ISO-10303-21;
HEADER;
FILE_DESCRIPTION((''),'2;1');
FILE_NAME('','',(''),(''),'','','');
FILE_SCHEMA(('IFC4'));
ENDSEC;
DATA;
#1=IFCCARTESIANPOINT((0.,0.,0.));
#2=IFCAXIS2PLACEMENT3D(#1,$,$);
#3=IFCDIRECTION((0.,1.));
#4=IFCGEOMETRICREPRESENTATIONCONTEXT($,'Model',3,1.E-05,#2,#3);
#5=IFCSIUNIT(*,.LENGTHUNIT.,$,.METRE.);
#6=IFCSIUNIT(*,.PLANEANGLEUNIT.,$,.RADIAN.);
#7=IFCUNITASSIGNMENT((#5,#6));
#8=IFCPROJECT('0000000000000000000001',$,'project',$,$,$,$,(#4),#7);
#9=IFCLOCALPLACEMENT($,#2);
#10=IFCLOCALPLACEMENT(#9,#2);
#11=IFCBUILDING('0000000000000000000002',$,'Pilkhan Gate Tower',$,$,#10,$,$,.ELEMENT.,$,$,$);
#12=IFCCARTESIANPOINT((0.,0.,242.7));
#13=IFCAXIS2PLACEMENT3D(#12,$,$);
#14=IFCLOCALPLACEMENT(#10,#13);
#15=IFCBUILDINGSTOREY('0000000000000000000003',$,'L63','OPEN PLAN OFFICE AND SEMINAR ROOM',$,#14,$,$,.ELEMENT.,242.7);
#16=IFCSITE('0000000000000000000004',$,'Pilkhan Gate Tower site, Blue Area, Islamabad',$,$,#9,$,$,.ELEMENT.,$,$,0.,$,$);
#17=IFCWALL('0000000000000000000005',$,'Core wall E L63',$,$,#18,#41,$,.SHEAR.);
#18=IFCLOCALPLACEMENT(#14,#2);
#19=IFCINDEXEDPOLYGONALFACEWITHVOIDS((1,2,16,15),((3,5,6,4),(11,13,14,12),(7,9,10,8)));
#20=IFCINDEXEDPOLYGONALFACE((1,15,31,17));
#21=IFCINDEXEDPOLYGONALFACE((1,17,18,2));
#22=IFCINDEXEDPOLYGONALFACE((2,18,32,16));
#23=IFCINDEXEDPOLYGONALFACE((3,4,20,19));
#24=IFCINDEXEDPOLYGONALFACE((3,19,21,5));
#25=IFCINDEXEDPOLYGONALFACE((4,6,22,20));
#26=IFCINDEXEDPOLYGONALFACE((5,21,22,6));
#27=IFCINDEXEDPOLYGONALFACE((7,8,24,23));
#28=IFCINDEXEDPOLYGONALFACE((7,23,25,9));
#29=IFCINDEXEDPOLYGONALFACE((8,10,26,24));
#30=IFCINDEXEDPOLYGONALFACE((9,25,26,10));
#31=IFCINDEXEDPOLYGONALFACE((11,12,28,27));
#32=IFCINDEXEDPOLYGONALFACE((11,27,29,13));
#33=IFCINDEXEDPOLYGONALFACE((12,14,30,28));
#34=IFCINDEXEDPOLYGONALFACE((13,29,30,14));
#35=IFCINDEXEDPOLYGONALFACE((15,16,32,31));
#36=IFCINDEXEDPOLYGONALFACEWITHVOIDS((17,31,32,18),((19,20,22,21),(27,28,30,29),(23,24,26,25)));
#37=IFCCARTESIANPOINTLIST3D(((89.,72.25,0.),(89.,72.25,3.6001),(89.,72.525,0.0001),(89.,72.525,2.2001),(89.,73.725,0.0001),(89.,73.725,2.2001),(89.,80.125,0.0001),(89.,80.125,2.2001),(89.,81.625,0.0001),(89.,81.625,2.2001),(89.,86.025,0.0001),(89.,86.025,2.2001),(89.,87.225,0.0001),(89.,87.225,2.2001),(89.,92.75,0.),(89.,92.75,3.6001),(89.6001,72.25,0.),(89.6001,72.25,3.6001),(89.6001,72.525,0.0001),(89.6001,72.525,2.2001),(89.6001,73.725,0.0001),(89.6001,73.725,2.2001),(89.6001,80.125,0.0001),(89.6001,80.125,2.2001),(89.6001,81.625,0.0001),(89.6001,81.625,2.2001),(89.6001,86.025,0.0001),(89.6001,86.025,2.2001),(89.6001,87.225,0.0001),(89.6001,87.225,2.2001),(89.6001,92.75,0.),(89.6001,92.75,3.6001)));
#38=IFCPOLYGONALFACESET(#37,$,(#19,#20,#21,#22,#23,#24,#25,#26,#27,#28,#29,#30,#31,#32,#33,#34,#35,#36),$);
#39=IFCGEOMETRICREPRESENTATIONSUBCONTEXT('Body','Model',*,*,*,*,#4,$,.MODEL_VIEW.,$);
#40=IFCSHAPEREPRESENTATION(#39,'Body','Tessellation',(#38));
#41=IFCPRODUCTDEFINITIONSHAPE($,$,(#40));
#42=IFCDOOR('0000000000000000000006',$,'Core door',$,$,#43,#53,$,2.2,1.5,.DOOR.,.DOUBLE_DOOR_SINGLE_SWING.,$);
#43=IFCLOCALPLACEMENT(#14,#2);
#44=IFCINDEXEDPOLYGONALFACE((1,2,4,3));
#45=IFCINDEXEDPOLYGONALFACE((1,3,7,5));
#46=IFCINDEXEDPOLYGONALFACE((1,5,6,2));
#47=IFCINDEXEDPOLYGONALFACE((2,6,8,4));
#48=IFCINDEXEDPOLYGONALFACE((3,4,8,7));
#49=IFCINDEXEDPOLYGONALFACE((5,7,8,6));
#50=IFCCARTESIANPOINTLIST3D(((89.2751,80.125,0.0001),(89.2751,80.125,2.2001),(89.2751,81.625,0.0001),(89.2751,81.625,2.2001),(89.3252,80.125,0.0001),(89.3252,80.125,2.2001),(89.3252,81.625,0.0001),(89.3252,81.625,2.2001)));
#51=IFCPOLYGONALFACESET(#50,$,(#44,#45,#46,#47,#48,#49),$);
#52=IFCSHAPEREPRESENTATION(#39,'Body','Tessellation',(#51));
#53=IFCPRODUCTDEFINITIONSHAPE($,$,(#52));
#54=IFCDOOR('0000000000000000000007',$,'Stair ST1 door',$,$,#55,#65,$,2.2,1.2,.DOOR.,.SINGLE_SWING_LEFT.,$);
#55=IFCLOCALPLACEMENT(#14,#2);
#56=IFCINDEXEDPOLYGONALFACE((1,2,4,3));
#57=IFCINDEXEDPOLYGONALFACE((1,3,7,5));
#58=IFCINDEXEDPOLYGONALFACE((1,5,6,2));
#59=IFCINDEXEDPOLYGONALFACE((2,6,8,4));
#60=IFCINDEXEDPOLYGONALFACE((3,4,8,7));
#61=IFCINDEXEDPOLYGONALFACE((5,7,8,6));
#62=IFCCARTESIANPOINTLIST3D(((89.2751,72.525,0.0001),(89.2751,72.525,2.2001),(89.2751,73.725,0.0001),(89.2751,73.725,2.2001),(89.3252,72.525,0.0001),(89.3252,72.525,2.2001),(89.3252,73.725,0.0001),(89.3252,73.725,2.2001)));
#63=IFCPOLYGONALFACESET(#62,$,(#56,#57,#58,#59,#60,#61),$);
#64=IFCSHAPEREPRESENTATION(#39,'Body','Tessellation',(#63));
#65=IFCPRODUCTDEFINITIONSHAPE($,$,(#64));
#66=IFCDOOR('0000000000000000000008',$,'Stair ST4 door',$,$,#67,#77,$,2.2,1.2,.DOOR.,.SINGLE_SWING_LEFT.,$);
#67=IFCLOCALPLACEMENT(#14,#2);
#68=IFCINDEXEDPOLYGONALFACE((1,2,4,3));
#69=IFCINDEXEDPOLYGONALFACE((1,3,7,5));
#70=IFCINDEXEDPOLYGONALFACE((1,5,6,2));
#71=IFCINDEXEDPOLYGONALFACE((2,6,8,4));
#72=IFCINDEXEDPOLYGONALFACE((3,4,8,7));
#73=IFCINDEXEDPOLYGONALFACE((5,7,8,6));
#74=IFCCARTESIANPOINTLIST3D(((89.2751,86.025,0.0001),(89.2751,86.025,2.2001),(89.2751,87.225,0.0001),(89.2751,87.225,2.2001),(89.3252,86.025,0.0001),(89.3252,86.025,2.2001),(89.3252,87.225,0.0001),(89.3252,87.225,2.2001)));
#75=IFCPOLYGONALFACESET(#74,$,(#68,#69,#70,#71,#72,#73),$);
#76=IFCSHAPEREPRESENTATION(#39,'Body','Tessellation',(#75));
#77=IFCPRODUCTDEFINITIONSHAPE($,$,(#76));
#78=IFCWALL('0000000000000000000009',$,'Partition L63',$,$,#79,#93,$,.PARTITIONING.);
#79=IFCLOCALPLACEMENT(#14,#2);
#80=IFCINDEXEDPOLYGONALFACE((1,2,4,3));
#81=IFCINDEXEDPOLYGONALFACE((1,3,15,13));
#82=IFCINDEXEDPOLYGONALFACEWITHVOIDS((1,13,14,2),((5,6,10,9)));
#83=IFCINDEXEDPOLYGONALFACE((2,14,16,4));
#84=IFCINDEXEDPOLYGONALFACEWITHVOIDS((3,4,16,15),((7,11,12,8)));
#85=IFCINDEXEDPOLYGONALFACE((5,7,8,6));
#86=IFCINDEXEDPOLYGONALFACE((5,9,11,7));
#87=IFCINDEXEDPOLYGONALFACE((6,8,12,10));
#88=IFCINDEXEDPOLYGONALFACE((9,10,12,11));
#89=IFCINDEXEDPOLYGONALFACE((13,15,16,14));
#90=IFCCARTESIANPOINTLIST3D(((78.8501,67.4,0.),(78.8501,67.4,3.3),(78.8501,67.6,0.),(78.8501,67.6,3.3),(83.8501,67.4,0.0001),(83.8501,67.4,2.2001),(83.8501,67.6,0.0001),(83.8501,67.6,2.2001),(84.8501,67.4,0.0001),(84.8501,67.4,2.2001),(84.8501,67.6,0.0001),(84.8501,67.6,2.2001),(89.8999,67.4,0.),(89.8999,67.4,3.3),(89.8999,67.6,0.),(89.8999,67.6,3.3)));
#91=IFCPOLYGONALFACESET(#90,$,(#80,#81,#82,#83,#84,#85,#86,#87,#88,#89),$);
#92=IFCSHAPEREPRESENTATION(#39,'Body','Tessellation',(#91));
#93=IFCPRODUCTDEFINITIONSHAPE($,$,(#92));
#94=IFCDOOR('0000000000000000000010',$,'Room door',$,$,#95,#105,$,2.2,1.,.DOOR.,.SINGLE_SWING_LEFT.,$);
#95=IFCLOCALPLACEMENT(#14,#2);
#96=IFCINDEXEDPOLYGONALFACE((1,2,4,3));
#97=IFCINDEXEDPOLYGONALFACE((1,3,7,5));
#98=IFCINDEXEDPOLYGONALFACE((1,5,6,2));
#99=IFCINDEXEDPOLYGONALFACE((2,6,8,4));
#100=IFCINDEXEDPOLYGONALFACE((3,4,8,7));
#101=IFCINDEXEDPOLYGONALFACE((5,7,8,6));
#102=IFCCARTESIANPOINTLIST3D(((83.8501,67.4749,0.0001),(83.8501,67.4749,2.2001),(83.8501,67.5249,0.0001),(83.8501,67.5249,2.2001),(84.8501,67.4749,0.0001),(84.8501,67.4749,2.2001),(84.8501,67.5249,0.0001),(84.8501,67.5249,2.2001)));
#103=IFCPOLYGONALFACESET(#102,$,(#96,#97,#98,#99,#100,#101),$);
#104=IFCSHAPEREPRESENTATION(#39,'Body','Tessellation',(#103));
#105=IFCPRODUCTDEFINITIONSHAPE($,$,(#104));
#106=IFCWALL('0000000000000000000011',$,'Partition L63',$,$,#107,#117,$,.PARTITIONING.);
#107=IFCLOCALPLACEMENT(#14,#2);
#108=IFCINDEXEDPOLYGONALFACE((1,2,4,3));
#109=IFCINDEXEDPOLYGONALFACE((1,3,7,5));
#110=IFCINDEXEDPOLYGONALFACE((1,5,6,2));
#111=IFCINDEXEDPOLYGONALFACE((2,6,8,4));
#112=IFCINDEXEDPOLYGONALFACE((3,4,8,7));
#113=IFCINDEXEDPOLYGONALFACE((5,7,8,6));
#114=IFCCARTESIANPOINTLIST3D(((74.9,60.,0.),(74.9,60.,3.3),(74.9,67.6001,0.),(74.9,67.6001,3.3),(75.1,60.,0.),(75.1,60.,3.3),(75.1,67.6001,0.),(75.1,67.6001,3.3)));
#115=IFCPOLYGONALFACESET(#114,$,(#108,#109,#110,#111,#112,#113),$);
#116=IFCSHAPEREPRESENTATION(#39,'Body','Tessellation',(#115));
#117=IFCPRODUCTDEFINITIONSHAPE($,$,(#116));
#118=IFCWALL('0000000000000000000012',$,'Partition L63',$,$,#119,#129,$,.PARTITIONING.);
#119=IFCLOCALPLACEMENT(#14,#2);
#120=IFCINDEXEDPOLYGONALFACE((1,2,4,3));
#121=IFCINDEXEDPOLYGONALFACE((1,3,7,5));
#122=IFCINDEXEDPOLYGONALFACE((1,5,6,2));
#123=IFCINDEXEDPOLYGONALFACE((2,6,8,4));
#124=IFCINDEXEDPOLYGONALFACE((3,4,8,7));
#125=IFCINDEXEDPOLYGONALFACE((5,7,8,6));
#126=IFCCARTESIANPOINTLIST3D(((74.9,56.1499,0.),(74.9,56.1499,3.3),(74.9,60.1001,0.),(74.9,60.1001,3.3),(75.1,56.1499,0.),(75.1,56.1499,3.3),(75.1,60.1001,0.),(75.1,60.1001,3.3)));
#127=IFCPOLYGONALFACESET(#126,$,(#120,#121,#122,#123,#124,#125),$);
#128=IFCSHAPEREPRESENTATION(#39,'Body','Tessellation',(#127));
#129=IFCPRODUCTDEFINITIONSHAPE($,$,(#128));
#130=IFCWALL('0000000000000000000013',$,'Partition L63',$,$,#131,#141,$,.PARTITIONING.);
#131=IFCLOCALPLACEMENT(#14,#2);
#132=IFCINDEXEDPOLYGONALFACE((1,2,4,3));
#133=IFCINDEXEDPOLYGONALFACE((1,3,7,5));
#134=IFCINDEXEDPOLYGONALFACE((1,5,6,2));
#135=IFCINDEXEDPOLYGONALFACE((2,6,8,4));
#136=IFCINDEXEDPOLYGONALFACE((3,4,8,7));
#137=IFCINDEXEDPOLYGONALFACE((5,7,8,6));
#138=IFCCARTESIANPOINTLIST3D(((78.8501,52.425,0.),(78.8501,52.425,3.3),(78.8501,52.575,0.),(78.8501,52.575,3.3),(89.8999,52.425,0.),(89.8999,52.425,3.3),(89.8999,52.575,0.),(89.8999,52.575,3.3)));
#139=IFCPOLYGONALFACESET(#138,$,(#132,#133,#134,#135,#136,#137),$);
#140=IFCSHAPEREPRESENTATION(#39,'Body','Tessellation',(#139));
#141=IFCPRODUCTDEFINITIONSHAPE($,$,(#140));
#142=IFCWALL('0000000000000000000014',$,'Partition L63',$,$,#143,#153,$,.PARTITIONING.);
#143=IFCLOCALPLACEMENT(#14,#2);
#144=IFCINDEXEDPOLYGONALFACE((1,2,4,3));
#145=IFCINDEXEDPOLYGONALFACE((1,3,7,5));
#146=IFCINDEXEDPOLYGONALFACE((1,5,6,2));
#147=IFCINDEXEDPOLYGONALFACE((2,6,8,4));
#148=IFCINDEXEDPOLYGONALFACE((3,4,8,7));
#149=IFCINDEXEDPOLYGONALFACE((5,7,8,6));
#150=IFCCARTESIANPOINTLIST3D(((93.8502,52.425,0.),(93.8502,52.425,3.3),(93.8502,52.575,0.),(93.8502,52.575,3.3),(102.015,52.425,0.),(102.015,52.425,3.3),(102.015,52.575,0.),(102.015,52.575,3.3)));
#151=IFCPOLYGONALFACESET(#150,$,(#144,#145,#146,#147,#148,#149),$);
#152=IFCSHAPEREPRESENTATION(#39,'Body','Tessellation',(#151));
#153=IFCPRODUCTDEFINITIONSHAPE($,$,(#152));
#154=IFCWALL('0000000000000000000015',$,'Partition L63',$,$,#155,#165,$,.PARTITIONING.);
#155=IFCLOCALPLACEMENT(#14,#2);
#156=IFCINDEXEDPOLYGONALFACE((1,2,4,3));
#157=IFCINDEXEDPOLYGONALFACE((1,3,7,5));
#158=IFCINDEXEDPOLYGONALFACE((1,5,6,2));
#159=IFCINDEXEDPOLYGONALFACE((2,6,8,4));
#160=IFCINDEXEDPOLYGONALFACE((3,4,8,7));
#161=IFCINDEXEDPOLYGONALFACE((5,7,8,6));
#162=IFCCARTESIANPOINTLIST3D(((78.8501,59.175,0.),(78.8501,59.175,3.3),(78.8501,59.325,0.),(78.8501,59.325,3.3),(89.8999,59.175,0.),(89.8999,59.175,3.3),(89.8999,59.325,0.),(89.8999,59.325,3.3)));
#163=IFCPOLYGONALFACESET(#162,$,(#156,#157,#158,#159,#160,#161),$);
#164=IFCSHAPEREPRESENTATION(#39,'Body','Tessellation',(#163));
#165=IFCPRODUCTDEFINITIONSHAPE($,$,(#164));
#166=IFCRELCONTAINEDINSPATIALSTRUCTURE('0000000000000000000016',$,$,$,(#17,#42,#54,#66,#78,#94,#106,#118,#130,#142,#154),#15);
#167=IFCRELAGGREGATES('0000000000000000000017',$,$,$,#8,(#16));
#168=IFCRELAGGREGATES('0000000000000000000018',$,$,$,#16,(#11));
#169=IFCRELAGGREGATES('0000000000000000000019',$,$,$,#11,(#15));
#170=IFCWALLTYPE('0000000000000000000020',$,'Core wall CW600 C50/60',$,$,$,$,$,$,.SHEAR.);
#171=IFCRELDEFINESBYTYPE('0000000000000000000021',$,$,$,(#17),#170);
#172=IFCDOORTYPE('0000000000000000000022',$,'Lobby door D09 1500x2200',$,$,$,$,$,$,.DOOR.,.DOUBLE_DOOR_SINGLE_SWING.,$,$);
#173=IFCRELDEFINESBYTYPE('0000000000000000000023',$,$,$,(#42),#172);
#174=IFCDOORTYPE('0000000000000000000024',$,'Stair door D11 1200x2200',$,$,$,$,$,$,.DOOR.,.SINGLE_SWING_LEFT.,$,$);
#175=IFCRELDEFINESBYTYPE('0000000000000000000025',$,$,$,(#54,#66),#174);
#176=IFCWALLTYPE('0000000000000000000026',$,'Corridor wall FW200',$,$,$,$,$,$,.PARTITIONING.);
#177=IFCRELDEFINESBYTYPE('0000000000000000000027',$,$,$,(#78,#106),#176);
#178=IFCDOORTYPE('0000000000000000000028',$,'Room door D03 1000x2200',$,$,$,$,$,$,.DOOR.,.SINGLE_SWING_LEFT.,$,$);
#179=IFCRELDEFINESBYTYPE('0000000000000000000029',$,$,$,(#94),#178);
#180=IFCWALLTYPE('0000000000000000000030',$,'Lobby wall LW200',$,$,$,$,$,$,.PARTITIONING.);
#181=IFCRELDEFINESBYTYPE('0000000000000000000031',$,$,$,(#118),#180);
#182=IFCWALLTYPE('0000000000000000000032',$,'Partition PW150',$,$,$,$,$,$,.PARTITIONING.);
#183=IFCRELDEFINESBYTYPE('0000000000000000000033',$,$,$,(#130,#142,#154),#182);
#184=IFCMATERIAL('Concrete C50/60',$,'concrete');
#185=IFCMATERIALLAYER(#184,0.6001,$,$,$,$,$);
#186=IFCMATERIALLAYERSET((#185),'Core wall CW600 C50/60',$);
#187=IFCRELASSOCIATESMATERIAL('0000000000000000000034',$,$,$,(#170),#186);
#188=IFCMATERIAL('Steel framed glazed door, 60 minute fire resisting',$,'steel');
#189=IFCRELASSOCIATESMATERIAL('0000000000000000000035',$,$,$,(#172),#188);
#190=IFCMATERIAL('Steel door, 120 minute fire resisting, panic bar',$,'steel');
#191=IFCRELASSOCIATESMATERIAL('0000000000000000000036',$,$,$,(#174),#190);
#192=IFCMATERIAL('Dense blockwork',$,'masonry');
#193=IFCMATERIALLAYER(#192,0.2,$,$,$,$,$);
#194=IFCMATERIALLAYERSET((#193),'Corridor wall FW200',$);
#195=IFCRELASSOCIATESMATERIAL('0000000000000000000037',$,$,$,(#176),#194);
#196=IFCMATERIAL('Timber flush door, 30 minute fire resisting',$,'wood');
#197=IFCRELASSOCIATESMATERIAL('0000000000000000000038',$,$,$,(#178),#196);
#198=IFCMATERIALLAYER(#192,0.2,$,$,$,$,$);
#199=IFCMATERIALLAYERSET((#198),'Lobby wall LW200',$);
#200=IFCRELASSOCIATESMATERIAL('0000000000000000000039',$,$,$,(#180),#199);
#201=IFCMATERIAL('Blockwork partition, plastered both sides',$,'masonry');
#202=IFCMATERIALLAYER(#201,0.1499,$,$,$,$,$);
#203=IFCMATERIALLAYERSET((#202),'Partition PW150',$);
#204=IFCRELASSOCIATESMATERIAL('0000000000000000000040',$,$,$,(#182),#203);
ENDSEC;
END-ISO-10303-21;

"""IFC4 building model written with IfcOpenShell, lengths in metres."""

from ifc_helpers import new_model, si_unit, direction, frame, frame_2d, origin, place, context, subcontext, project, spatial, rectangle, extrude, material, layer, layer_set, type_object, element, fill, save


model = new_model("IFC4")

# Units and contexts
model_context = context("Model", 3, precision=1e-05, world=origin(), true_north=direction((0.0, 1.0)))
body_context = subcontext(model_context, "Body", "Model", "MODEL_VIEW")
ifc_project = project(units=[si_unit("LENGTHUNIT", "METRE"), si_unit("PLANEANGLEUNIT", "RADIAN")], contexts=[model_context])

# Site, building, storey
site_placement = place(None, origin())
site = spatial("IfcSite", under=ifc_project, at=site_placement, Name="Pilkhan Gate Tower site, Blue Area, Islamabad", CompositionType="ELEMENT", RefElevation=0.0)
building_placement = place(site_placement, origin())
building = spatial("IfcBuilding", under=site, at=building_placement, Name="Pilkhan Gate Tower", CompositionType="ELEMENT")
storey_placement = place(building_placement, frame((0.0, 0.0, 242.7)))
storey = spatial("IfcBuildingStorey", under=building, at=storey_placement, Name="L63", Description="OPEN PLAN OFFICE AND SEMINAR ROOM", CompositionType="ELEMENT", Elevation=242.7)

# Shared definitions
ifc_material_1 = material(Name="Concrete C50/60", Category="concrete")

# Wall, openings, doors
ifc_layer_1 = layer(ifc_material_1, 0.6001)
ifc_layer_set_1 = layer_set([ifc_layer_1], Name="Core wall CW600 C50/60")
wall_type_1 = type_object("IfcWallType", Name="Core wall CW600 C50/60", PredefinedType="SHEAR", material=ifc_layer_set_1)
wall_1_placement = place(storey_placement, frame((89.3, 72.25, 0.0), z_axis=(0.0, 0.0, 1.0), x_axis=(0.0, 1.0, 0.0)))
wall_1 = element("IfcWall", 1, at=wall_1_placement, inside=storey, type_object=wall_type_1, Name="Core wall E L63", PredefinedType="SHEAR", context=body_context, shape_type="SweptSolid", body=[
    extrude(rectangle(XDim=20.5, YDim=0.6001, at=frame_2d((10.25, 0.0))), origin(), (0.0, 0.0, 1.0), 3.6001),
])
opening_1_placement = place(wall_1_placement, frame((0.2749, 0.0, 0.0)))
opening_1 = element("IfcOpeningElement", 2, at=opening_1_placement, cuts=wall_1, PredefinedType="OPENING", context=body_context, shape_type="SweptSolid", body=[
    extrude(rectangle(XDim=1.2, YDim=2.2, at=frame_2d((0.6001, 1.1001))), frame((0.0, 0.3101, 0.0), z_axis=(0.0, -1.0, 0.0), x_axis=(1.0, 0.0, 0.0)), (0.0, 0.0, 1.0), 0.6201),
])
opening_2_placement = place(wall_1_placement, frame((13.7749, 0.0, 0.0)))
opening_2 = element("IfcOpeningElement", 3, at=opening_2_placement, cuts=wall_1, PredefinedType="OPENING", context=body_context, shape_type="SweptSolid", body=[
    extrude(rectangle(XDim=1.2, YDim=2.2, at=frame_2d((0.6001, 1.1001))), frame((0.0, 0.3101, 0.0), z_axis=(0.0, -1.0, 0.0), x_axis=(1.0, 0.0, 0.0)), (0.0, 0.0, 1.0), 0.6201),
])
opening_3_placement = place(wall_1_placement, frame((7.875, 0.0, 0.0)))
opening_3 = element("IfcOpeningElement", 4, at=opening_3_placement, cuts=wall_1, PredefinedType="OPENING", context=body_context, shape_type="SweptSolid", body=[
    extrude(rectangle(XDim=1.5, YDim=2.2, at=frame_2d((0.75, 1.1001))), frame((0.0, 0.3101, 0.0), z_axis=(0.0, -1.0, 0.0), x_axis=(1.0, 0.0, 0.0)), (0.0, 0.0, 1.0), 0.6201),
])
ifc_material_2 = material(Name="Steel framed glazed door, 60 minute fire resisting", Category="steel")
door_type_1 = type_object("IfcDoorType", Name="Lobby door D09 1500x2200", OperationType="DOUBLE_DOOR_SINGLE_SWING", PredefinedType="DOOR", material=ifc_material_2)
door_1_placement = place(opening_3_placement, origin())
door_1 = element("IfcDoor", 5, at=door_1_placement, inside=storey, type_object=door_type_1, Name="Core door", OperationType="DOUBLE_DOOR_SINGLE_SWING", OverallHeight=2.2, OverallWidth=1.5, PredefinedType="DOOR", context=body_context, shape_type="SweptSolid", body=[
    extrude(rectangle(XDim=1.5, YDim=2.2, at=frame_2d((0.75, 1.1001))), frame((0.0, 0.0249, 0.0), z_axis=(0.0, -1.0, 0.0), x_axis=(1.0, 0.0, 0.0)), (0.0, 0.0, 1.0), 0.05),
])
fill(opening_3, door_1)
ifc_material_3 = material(Name="Steel door, 120 minute fire resisting, panic bar", Category="steel")
door_type_2 = type_object("IfcDoorType", Name="Stair door D11 1200x2200", OperationType="SINGLE_SWING_LEFT", PredefinedType="DOOR", material=ifc_material_3)
door_2_placement = place(opening_1_placement, origin())
door_2 = element("IfcDoor", 6, at=door_2_placement, inside=storey, type_object=door_type_2, Name="Stair ST1 door", OperationType="SINGLE_SWING_LEFT", OverallHeight=2.2, OverallWidth=1.2, PredefinedType="DOOR", context=body_context, shape_type="SweptSolid", body=[
    extrude(rectangle(XDim=1.2, YDim=2.2, at=frame_2d((0.6001, 1.1001))), frame((0.0, 0.0249, 0.0), z_axis=(0.0, -1.0, 0.0), x_axis=(1.0, 0.0, 0.0)), (0.0, 0.0, 1.0), 0.05),
])
fill(opening_1, door_2)
door_3_placement = place(opening_2_placement, origin())
door_3 = element("IfcDoor", 7, at=door_3_placement, inside=storey, type_object=door_type_2, Name="Stair ST4 door", OperationType="SINGLE_SWING_LEFT", OverallHeight=2.2, OverallWidth=1.2, PredefinedType="DOOR", context=body_context, shape_type="SweptSolid", body=[
    extrude(rectangle(XDim=1.2, YDim=2.2, at=frame_2d((0.6001, 1.1001))), frame((0.0, 0.0249, 0.0), z_axis=(0.0, -1.0, 0.0), x_axis=(1.0, 0.0, 0.0)), (0.0, 0.0, 1.0), 0.05),
])
fill(opening_2, door_3)

# Wall, opening, door
ifc_material_4 = material(Name="Dense blockwork", Category="masonry")
ifc_layer_2 = layer(ifc_material_4, 0.2)
ifc_layer_set_2 = layer_set([ifc_layer_2], Name="Corridor wall FW200")
wall_type_2 = type_object("IfcWallType", Name="Corridor wall FW200", PredefinedType="PARTITIONING", material=ifc_layer_set_2)
wall_2_placement = place(storey_placement, frame((78.8501, 67.5, 0.0), z_axis=(0.0, 0.0, 1.0), x_axis=(1.0, 0.0, 0.0)))
wall_2 = element("IfcWall", 8, at=wall_2_placement, inside=storey, type_object=wall_type_2, Name="Partition L63", PredefinedType="PARTITIONING", context=body_context, shape_type="SweptSolid", body=[
    extrude(rectangle(XDim=11.0498, YDim=0.2, at=frame_2d((5.5249, 0.0))), origin(), (0.0, 0.0, 1.0), 3.3),
])
opening_4_placement = place(wall_2_placement, frame((5.0, 0.0, 0.0)))
opening_4 = element("IfcOpeningElement", 9, at=opening_4_placement, cuts=wall_2, PredefinedType="OPENING", context=body_context, shape_type="SweptSolid", body=[
    extrude(rectangle(XDim=1.0, YDim=2.2, at=frame_2d((0.5, 1.1001))), frame((0.0, 0.1099, 0.0), z_axis=(0.0, -1.0, 0.0), x_axis=(1.0, 0.0, 0.0)), (0.0, 0.0, 1.0), 0.22),
])
ifc_material_5 = material(Name="Timber flush door, 30 minute fire resisting", Category="wood")
door_type_3 = type_object("IfcDoorType", Name="Room door D03 1000x2200", OperationType="SINGLE_SWING_LEFT", PredefinedType="DOOR", material=ifc_material_5)
door_4_placement = place(opening_4_placement, origin())
door_4 = element("IfcDoor", 10, at=door_4_placement, inside=storey, type_object=door_type_3, Name="Room door", OperationType="SINGLE_SWING_LEFT", OverallHeight=2.2, OverallWidth=1.0, PredefinedType="DOOR", context=body_context, shape_type="SweptSolid", body=[
    extrude(rectangle(XDim=1.0, YDim=2.2, at=frame_2d((0.5, 1.1001))), frame((0.0, 0.0249, 0.0), z_axis=(0.0, -1.0, 0.0), x_axis=(1.0, 0.0, 0.0)), (0.0, 0.0, 1.0), 0.05),
])
fill(opening_4, door_4)

# Walls
wall_3_placement = place(storey_placement, frame((75.0, 60.0, 0.0), z_axis=(0.0, 0.0, 1.0), x_axis=(0.0, 1.0, 0.0)))
element("IfcWall", 11, at=wall_3_placement, inside=storey, type_object=wall_type_2, Name="Partition L63", PredefinedType="PARTITIONING", context=body_context, shape_type="SweptSolid", body=[
    extrude(rectangle(XDim=7.6001, YDim=0.2, at=frame_2d((3.8, 0.0))), origin(), (0.0, 0.0, 1.0), 3.3),
])
ifc_layer_3 = layer(ifc_material_4, 0.2)
ifc_layer_set_3 = layer_set([ifc_layer_3], Name="Lobby wall LW200")
wall_type_3 = type_object("IfcWallType", Name="Lobby wall LW200", PredefinedType="PARTITIONING", material=ifc_layer_set_3)
wall_4_placement = place(storey_placement, frame((75.0, 56.1499, 0.0), z_axis=(0.0, 0.0, 1.0), x_axis=(0.0, 1.0, 0.0)))
element("IfcWall", 12, at=wall_4_placement, inside=storey, type_object=wall_type_3, Name="Partition L63", PredefinedType="PARTITIONING", context=body_context, shape_type="SweptSolid", body=[
    extrude(rectangle(XDim=3.9502, YDim=0.2, at=frame_2d((1.9751, 0.0))), origin(), (0.0, 0.0, 1.0), 3.3),
])
ifc_material_6 = material(Name="Blockwork partition, plastered both sides", Category="masonry")
ifc_layer_4 = layer(ifc_material_6, 0.1499)
ifc_layer_set_4 = layer_set([ifc_layer_4], Name="Partition PW150")
wall_type_4 = type_object("IfcWallType", Name="Partition PW150", PredefinedType="PARTITIONING", material=ifc_layer_set_4)
wall_5_placement = place(storey_placement, frame((78.8501, 52.5, 0.0), z_axis=(0.0, 0.0, 1.0), x_axis=(1.0, 0.0, 0.0)))
element("IfcWall", 13, at=wall_5_placement, inside=storey, type_object=wall_type_4, Name="Partition L63", PredefinedType="PARTITIONING", context=body_context, shape_type="SweptSolid", body=[
    extrude(rectangle(XDim=11.0498, YDim=0.1499, at=frame_2d((5.5249, 0.0))), origin(), (0.0, 0.0, 1.0), 3.3),
])
wall_6_placement = place(storey_placement, frame((93.8501, 52.5, 0.0), z_axis=(0.0, 0.0, 1.0), x_axis=(1.0, 0.0, 0.0)))
element("IfcWall", 14, at=wall_6_placement, inside=storey, type_object=wall_type_4, Name="Partition L63", PredefinedType="PARTITIONING", context=body_context, shape_type="SweptSolid", body=[
    extrude(rectangle(XDim=8.1648, YDim=0.1499, at=frame_2d((4.0825, 0.0))), origin(), (0.0, 0.0, 1.0), 3.3),
])
wall_7_placement = place(storey_placement, frame((78.8501, 59.25, 0.0), z_axis=(0.0, 0.0, 1.0), x_axis=(1.0, 0.0, 0.0)))
element("IfcWall", 15, at=wall_7_placement, inside=storey, type_object=wall_type_4, Name="Partition L63", PredefinedType="PARTITIONING", context=body_context, shape_type="SweptSolid", body=[
    extrude(rectangle(XDim=11.0498, YDim=0.1499, at=frame_2d((5.5249, 0.0))), origin(), (0.0, 0.0, 1.0), 3.3),
])

save(model, "model.ifc")
